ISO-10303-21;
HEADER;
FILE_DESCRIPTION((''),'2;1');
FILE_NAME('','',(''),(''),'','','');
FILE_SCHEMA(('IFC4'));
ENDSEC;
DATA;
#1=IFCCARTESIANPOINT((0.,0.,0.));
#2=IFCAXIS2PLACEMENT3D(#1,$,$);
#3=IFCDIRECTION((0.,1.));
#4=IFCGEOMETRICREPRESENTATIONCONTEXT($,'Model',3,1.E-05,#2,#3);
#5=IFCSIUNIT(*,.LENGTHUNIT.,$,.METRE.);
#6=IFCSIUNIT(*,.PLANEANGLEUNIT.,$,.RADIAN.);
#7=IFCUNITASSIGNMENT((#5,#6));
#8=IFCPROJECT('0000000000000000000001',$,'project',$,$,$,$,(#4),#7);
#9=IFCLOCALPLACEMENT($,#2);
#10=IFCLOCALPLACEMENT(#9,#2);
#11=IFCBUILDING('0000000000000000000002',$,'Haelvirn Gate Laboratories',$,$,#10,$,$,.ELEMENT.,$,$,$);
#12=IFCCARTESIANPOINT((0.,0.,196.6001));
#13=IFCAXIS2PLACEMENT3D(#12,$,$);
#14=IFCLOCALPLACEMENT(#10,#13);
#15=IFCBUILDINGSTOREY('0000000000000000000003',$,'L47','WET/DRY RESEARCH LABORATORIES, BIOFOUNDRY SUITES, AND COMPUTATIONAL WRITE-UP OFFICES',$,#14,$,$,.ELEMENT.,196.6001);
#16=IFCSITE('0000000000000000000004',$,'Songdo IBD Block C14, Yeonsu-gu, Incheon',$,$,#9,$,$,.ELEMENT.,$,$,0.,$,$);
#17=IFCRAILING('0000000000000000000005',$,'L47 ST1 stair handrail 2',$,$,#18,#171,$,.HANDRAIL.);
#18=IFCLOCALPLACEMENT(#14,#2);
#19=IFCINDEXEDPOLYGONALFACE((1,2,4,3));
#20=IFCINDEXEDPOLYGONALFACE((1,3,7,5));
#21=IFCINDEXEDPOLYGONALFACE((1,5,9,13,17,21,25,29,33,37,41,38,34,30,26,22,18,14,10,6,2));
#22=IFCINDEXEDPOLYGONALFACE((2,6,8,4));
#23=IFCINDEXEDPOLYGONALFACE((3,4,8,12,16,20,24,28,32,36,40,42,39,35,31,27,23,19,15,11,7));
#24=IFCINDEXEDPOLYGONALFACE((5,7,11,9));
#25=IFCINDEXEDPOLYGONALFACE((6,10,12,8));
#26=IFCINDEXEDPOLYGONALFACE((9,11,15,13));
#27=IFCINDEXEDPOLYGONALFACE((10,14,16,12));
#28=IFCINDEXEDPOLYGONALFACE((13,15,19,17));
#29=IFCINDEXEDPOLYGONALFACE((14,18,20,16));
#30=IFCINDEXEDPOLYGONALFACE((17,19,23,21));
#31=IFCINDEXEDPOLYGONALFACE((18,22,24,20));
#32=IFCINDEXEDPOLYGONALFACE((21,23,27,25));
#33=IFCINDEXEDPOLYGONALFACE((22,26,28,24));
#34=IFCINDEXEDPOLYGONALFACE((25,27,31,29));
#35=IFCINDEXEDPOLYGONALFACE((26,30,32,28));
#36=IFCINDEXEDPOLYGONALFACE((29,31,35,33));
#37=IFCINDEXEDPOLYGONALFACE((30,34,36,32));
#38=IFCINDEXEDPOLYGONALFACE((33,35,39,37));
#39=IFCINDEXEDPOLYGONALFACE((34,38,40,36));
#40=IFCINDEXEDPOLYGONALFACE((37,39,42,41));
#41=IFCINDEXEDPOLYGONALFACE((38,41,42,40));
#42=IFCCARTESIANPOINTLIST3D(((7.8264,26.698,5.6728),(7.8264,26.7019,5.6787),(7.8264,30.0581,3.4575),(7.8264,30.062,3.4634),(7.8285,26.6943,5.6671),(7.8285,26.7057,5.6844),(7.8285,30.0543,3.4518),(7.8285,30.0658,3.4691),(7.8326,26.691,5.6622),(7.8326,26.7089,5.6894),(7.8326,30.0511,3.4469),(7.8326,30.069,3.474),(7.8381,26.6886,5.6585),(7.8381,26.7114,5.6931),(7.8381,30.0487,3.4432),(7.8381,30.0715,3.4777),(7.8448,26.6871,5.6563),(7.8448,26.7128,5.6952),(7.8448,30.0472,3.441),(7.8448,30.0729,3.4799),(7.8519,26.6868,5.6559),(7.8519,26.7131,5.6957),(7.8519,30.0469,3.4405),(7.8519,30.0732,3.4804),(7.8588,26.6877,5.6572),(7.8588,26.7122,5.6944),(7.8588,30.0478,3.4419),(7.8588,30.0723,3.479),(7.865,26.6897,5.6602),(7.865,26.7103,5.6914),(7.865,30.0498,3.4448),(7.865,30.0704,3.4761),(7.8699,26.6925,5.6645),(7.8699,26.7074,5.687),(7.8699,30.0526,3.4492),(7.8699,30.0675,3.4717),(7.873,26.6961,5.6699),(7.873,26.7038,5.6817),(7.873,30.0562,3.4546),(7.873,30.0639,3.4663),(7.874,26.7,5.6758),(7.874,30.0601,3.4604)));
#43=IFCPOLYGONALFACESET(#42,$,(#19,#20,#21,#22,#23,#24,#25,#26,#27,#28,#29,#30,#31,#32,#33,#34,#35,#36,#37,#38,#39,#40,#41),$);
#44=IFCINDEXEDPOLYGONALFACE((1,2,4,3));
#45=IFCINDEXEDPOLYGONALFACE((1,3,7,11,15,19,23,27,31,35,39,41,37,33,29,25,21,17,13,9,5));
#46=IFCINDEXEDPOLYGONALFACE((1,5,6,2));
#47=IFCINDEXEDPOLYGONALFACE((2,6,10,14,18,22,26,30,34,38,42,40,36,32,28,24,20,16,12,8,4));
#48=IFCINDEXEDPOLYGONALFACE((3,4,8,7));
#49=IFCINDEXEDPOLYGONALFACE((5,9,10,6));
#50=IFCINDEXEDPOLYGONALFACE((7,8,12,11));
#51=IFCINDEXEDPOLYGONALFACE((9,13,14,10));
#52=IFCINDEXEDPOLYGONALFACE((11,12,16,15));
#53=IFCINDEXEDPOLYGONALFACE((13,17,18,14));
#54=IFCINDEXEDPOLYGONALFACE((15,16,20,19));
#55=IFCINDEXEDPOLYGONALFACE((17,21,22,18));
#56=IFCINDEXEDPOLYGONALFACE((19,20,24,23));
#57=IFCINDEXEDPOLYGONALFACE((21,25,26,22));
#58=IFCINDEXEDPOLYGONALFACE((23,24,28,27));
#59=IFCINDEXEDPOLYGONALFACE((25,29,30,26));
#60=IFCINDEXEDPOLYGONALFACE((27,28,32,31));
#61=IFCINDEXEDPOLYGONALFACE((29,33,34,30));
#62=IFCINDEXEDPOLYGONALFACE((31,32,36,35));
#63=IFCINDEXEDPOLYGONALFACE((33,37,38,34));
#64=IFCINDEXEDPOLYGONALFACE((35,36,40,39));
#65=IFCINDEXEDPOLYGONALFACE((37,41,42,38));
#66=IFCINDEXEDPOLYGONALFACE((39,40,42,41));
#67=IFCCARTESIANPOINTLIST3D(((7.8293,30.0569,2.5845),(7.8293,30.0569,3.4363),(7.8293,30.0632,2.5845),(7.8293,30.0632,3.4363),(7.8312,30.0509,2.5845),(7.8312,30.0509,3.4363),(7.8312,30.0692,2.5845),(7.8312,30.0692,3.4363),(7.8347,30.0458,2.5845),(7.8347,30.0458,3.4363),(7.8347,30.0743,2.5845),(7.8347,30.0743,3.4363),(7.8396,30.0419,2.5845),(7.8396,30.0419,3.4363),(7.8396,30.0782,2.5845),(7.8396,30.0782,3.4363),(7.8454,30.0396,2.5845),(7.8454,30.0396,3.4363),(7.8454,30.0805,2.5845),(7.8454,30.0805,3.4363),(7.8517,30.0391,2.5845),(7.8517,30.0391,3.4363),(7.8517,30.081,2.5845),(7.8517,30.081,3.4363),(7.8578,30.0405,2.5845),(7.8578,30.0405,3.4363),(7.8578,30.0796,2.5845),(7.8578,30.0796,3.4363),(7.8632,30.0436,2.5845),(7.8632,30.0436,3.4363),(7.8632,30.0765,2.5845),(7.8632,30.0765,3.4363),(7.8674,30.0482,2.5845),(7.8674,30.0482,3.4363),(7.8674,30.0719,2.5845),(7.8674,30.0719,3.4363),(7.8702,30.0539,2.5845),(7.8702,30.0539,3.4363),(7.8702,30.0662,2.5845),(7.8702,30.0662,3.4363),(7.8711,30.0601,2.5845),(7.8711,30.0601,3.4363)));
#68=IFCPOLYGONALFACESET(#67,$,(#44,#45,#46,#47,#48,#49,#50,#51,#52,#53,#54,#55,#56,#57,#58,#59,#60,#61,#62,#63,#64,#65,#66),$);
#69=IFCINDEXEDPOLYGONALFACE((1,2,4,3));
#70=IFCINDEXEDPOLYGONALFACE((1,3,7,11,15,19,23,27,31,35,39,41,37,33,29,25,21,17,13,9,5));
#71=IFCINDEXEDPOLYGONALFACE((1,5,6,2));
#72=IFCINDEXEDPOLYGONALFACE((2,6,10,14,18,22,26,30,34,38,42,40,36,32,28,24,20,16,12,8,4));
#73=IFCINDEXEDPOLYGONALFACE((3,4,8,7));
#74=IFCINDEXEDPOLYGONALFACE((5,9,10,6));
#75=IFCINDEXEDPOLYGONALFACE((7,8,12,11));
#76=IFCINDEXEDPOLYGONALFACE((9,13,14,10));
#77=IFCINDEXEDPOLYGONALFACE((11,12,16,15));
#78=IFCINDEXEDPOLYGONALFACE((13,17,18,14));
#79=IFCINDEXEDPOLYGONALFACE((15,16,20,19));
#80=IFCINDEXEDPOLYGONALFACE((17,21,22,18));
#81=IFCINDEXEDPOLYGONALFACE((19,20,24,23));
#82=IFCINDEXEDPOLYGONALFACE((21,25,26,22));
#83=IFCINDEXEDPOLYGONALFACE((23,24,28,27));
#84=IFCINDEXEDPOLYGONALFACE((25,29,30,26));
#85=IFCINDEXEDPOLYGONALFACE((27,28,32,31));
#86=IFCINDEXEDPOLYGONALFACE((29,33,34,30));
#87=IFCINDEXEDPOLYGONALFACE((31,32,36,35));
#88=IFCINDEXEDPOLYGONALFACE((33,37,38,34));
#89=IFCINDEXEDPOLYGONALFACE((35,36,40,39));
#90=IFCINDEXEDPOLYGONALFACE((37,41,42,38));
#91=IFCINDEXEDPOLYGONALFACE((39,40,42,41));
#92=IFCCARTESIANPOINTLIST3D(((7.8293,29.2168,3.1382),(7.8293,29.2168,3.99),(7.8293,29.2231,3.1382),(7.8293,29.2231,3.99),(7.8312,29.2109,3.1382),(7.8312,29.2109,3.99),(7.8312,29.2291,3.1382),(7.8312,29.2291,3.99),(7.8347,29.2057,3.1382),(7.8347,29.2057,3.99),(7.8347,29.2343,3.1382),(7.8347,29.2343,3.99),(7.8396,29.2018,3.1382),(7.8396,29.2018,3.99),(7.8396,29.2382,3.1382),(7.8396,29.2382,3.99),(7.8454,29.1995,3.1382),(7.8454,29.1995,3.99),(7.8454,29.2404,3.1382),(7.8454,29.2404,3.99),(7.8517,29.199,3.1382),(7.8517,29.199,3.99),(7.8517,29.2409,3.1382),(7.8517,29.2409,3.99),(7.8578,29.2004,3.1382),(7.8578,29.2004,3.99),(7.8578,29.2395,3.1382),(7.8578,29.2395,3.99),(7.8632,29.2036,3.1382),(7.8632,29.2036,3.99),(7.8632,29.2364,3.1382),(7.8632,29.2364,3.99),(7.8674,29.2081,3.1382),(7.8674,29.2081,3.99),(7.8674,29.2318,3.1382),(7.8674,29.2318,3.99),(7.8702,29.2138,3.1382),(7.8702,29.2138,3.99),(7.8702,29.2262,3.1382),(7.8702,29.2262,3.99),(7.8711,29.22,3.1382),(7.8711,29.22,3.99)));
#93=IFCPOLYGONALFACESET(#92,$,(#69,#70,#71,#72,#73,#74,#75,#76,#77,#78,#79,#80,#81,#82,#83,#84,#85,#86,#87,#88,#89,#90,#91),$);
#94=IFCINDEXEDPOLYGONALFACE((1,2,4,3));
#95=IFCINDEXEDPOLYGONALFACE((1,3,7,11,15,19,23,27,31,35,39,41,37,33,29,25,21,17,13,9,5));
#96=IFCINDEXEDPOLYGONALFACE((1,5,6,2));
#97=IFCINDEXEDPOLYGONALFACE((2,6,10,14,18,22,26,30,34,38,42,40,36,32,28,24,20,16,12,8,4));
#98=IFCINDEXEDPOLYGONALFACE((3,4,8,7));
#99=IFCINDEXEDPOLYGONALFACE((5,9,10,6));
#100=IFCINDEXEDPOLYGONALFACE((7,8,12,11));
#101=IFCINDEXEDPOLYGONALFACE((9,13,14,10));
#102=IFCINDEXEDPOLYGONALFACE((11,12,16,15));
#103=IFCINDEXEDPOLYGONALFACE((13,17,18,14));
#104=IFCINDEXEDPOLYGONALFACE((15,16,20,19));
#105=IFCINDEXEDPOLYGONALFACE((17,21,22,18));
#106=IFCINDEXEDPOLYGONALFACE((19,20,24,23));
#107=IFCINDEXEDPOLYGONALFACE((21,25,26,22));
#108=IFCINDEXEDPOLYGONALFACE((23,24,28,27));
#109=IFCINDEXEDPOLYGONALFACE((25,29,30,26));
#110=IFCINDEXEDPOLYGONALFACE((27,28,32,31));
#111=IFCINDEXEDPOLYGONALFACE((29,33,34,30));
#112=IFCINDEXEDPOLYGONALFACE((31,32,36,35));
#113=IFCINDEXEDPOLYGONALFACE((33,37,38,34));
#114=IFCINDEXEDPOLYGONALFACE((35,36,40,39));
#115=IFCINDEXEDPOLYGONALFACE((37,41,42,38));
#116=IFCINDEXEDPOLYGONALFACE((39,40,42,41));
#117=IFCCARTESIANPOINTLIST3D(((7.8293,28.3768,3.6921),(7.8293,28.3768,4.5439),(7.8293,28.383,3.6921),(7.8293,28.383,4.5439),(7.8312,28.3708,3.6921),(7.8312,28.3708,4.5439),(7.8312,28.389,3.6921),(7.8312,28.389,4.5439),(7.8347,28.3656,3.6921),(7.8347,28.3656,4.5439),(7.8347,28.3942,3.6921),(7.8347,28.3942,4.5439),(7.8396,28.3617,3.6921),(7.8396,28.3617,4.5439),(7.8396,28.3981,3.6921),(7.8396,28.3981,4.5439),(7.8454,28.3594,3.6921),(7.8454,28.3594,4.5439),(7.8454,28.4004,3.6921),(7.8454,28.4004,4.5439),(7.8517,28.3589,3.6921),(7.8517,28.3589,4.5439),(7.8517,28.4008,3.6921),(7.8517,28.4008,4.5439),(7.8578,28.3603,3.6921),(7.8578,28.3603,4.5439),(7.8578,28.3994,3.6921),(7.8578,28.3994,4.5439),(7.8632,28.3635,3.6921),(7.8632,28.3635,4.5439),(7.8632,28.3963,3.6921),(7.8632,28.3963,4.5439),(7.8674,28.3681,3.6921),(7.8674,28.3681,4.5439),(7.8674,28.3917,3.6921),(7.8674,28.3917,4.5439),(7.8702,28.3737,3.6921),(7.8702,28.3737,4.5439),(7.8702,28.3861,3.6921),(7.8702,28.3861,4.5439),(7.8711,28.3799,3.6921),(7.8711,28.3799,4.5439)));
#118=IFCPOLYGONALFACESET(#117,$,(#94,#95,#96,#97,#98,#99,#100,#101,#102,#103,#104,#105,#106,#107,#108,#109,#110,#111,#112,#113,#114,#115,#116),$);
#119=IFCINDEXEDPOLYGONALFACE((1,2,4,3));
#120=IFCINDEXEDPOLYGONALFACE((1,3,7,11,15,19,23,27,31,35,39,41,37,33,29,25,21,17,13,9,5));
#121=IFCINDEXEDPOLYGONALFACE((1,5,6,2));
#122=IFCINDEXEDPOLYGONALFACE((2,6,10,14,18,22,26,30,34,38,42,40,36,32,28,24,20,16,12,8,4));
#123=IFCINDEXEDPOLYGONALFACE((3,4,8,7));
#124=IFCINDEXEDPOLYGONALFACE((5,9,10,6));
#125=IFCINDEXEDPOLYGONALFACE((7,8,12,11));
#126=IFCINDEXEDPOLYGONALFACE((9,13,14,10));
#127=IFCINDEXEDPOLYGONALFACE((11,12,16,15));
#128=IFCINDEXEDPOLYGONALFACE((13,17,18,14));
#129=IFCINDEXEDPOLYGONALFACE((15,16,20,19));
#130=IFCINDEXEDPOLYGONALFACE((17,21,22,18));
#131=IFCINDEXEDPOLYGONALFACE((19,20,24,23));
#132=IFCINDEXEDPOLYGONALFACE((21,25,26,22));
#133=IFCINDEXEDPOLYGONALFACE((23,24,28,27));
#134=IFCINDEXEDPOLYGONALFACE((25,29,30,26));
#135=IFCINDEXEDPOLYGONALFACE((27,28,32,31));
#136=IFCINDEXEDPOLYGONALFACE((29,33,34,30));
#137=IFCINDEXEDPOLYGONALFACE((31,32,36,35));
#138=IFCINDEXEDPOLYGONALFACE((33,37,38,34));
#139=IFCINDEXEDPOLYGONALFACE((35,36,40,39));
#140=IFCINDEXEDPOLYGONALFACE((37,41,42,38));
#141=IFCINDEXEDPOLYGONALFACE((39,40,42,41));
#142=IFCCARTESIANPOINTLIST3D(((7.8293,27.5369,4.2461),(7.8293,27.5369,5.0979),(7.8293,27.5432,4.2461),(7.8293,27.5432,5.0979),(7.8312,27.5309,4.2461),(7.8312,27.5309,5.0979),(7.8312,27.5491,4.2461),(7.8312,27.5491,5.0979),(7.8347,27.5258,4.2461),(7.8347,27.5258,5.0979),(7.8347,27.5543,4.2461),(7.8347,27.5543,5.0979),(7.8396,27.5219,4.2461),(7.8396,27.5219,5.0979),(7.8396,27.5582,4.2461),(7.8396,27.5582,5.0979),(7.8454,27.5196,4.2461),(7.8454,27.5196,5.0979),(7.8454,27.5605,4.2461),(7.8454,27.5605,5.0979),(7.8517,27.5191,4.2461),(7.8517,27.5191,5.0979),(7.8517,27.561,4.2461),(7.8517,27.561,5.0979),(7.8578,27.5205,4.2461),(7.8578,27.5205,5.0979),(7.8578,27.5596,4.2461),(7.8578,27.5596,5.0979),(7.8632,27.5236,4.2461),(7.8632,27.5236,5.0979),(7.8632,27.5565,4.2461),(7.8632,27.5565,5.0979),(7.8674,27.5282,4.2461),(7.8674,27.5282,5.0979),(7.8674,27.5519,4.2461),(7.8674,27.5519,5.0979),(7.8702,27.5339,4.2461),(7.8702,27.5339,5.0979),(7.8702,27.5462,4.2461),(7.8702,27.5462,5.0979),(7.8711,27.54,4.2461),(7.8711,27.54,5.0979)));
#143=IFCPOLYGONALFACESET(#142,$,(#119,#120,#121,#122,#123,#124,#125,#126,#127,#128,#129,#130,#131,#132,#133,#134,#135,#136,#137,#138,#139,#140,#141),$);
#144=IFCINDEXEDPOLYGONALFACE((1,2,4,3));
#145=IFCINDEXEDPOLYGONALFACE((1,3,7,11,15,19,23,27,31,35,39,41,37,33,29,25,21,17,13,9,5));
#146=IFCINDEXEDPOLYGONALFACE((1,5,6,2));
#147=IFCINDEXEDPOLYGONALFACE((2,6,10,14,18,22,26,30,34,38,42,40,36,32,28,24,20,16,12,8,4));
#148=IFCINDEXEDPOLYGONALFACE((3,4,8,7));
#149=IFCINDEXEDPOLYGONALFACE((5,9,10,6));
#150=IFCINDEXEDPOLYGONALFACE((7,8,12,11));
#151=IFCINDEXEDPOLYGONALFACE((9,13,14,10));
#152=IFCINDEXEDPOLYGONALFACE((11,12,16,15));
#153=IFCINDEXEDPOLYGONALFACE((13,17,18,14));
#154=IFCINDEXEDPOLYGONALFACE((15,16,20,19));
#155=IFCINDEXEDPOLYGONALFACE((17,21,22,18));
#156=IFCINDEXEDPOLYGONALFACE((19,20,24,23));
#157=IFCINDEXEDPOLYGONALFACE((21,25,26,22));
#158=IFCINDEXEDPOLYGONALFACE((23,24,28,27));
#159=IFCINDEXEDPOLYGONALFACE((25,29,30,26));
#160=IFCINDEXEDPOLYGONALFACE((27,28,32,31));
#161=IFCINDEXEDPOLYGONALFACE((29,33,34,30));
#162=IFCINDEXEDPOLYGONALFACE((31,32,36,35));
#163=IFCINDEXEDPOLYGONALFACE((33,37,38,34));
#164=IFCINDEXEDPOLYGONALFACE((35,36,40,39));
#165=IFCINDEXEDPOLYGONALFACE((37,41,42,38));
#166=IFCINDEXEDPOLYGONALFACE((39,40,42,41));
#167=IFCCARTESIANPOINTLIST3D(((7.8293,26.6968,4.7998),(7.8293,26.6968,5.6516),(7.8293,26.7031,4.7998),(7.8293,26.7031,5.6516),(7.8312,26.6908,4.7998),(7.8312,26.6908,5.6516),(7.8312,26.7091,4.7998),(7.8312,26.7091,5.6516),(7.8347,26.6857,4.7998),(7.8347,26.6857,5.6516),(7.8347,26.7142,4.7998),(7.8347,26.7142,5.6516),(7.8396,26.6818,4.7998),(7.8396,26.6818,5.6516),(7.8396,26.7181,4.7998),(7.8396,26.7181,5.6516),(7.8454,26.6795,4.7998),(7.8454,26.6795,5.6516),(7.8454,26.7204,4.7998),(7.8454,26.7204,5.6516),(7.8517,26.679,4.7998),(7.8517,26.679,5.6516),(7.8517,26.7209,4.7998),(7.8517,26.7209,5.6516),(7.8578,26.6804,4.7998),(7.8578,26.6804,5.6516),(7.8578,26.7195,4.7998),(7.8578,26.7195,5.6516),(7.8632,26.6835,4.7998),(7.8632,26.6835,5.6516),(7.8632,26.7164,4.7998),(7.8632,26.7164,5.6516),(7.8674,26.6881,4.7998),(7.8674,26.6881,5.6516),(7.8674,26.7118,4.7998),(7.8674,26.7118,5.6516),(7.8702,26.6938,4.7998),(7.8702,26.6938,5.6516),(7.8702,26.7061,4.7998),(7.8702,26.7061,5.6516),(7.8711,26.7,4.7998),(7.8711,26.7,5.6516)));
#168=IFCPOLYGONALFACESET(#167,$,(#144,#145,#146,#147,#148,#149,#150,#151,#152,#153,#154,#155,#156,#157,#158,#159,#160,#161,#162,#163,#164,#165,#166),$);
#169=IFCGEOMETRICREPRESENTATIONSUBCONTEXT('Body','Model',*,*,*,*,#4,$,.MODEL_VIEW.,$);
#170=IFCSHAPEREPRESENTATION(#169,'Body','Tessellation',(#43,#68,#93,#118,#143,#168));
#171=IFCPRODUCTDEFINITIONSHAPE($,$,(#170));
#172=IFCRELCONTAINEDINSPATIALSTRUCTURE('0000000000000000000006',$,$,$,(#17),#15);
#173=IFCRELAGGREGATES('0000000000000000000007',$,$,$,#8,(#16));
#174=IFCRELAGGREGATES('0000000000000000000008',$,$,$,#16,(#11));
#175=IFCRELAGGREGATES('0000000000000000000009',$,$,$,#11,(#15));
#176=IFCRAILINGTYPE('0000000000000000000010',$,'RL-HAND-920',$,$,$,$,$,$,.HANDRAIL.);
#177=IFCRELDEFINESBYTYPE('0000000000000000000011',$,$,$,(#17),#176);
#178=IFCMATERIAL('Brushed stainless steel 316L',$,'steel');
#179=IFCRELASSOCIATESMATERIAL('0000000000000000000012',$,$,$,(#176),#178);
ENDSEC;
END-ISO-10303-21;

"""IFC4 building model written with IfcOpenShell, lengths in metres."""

from ifc_helpers import new_model, si_unit, direction, frame, origin, origin_2d, place, context, subcontext, project, spatial, circle, extrude, source, transform, mapped, material, type_object, type_shapes, element, save


model = new_model("IFC4")

# Units and contexts
model_context = context("Model", 3, precision=1e-05, world=origin(), true_north=direction((0.0, 1.0)))
body_context = subcontext(model_context, "Body", "Model", "MODEL_VIEW")
ifc_project = project(units=[si_unit("LENGTHUNIT", "METRE"), si_unit("PLANEANGLEUNIT", "RADIAN")], contexts=[model_context])

# Site, building, storey
site_placement = place(None, origin())
site = spatial("IfcSite", under=ifc_project, at=site_placement, Name="Songdo IBD Block C14, Yeonsu-gu, Incheon", CompositionType="ELEMENT", RefElevation=0.0)
building_placement = place(site_placement, origin())
building = spatial("IfcBuilding", under=site, at=building_placement, Name="Haelvirn Gate Laboratories", CompositionType="ELEMENT")
storey_placement = place(building_placement, frame((0.0, 0.0, 196.6001)))
storey = spatial("IfcBuildingStorey", under=building, at=storey_placement, Name="L47", Description="WET/DRY RESEARCH LABORATORIES, BIOFOUNDRY SUITES, AND COMPUTATIONAL WRITE-UP OFFICES", CompositionType="ELEMENT", Elevation=196.6001)

# Railing
ifc_material_1 = material(Name="Brushed stainless steel 316L", Category="steel")
railing_type_1 = type_object("IfcRailingType", Name="RL-HAND-920", PredefinedType="HANDRAIL", material=ifc_material_1)
shared_shape_1 = source(origin(), body_context, "Body", "SweptSolid", [
    extrude(circle(Radius=0.0239, at=origin_2d()), frame((0.0, 0.0, 0.876), z_axis=(0.0, -0.834876, 0.550437), x_axis=(1.0, 0.0, 0.0)), (0.0, 0.0, 1.0), 4.0247),
    extrude(circle(Radius=0.021, at=origin_2d()), origin(), (0.0, 0.0, 1.0), 0.8518),
    extrude(circle(Radius=0.021, at=origin_2d()), frame((0.0, -0.8401, 0.5537)), (0.0, 0.0, 1.0), 0.8518),
    extrude(circle(Radius=0.021, at=origin_2d()), frame((0.0, -1.6802, 1.1077)), (0.0, 0.0, 1.0), 0.8518),
    extrude(circle(Radius=0.021, at=origin_2d()), frame((0.0, -2.52, 1.6616)), (0.0, 0.0, 1.0), 0.8518),
    extrude(circle(Radius=0.021, at=origin_2d()), frame((0.0, -3.3601, 2.2153)), (0.0, 0.0, 1.0), 0.8518),
])
type_shapes(railing_type_1, [shared_shape_1])
railing_1_placement = place(storey_placement, frame((7.8501, 30.0601, 2.5845)))
element("IfcRailing", 1, at=railing_1_placement, inside=storey, type_object=railing_type_1, Name="L47 ST1 stair handrail 2", PredefinedType="HANDRAIL", context=body_context, shape_type="MappedRepresentation", body=[
    mapped(shared_shape_1, transform((0.0, 0.0, 0.0), scale=1.0)),
])

save(model, "model.ifc")
